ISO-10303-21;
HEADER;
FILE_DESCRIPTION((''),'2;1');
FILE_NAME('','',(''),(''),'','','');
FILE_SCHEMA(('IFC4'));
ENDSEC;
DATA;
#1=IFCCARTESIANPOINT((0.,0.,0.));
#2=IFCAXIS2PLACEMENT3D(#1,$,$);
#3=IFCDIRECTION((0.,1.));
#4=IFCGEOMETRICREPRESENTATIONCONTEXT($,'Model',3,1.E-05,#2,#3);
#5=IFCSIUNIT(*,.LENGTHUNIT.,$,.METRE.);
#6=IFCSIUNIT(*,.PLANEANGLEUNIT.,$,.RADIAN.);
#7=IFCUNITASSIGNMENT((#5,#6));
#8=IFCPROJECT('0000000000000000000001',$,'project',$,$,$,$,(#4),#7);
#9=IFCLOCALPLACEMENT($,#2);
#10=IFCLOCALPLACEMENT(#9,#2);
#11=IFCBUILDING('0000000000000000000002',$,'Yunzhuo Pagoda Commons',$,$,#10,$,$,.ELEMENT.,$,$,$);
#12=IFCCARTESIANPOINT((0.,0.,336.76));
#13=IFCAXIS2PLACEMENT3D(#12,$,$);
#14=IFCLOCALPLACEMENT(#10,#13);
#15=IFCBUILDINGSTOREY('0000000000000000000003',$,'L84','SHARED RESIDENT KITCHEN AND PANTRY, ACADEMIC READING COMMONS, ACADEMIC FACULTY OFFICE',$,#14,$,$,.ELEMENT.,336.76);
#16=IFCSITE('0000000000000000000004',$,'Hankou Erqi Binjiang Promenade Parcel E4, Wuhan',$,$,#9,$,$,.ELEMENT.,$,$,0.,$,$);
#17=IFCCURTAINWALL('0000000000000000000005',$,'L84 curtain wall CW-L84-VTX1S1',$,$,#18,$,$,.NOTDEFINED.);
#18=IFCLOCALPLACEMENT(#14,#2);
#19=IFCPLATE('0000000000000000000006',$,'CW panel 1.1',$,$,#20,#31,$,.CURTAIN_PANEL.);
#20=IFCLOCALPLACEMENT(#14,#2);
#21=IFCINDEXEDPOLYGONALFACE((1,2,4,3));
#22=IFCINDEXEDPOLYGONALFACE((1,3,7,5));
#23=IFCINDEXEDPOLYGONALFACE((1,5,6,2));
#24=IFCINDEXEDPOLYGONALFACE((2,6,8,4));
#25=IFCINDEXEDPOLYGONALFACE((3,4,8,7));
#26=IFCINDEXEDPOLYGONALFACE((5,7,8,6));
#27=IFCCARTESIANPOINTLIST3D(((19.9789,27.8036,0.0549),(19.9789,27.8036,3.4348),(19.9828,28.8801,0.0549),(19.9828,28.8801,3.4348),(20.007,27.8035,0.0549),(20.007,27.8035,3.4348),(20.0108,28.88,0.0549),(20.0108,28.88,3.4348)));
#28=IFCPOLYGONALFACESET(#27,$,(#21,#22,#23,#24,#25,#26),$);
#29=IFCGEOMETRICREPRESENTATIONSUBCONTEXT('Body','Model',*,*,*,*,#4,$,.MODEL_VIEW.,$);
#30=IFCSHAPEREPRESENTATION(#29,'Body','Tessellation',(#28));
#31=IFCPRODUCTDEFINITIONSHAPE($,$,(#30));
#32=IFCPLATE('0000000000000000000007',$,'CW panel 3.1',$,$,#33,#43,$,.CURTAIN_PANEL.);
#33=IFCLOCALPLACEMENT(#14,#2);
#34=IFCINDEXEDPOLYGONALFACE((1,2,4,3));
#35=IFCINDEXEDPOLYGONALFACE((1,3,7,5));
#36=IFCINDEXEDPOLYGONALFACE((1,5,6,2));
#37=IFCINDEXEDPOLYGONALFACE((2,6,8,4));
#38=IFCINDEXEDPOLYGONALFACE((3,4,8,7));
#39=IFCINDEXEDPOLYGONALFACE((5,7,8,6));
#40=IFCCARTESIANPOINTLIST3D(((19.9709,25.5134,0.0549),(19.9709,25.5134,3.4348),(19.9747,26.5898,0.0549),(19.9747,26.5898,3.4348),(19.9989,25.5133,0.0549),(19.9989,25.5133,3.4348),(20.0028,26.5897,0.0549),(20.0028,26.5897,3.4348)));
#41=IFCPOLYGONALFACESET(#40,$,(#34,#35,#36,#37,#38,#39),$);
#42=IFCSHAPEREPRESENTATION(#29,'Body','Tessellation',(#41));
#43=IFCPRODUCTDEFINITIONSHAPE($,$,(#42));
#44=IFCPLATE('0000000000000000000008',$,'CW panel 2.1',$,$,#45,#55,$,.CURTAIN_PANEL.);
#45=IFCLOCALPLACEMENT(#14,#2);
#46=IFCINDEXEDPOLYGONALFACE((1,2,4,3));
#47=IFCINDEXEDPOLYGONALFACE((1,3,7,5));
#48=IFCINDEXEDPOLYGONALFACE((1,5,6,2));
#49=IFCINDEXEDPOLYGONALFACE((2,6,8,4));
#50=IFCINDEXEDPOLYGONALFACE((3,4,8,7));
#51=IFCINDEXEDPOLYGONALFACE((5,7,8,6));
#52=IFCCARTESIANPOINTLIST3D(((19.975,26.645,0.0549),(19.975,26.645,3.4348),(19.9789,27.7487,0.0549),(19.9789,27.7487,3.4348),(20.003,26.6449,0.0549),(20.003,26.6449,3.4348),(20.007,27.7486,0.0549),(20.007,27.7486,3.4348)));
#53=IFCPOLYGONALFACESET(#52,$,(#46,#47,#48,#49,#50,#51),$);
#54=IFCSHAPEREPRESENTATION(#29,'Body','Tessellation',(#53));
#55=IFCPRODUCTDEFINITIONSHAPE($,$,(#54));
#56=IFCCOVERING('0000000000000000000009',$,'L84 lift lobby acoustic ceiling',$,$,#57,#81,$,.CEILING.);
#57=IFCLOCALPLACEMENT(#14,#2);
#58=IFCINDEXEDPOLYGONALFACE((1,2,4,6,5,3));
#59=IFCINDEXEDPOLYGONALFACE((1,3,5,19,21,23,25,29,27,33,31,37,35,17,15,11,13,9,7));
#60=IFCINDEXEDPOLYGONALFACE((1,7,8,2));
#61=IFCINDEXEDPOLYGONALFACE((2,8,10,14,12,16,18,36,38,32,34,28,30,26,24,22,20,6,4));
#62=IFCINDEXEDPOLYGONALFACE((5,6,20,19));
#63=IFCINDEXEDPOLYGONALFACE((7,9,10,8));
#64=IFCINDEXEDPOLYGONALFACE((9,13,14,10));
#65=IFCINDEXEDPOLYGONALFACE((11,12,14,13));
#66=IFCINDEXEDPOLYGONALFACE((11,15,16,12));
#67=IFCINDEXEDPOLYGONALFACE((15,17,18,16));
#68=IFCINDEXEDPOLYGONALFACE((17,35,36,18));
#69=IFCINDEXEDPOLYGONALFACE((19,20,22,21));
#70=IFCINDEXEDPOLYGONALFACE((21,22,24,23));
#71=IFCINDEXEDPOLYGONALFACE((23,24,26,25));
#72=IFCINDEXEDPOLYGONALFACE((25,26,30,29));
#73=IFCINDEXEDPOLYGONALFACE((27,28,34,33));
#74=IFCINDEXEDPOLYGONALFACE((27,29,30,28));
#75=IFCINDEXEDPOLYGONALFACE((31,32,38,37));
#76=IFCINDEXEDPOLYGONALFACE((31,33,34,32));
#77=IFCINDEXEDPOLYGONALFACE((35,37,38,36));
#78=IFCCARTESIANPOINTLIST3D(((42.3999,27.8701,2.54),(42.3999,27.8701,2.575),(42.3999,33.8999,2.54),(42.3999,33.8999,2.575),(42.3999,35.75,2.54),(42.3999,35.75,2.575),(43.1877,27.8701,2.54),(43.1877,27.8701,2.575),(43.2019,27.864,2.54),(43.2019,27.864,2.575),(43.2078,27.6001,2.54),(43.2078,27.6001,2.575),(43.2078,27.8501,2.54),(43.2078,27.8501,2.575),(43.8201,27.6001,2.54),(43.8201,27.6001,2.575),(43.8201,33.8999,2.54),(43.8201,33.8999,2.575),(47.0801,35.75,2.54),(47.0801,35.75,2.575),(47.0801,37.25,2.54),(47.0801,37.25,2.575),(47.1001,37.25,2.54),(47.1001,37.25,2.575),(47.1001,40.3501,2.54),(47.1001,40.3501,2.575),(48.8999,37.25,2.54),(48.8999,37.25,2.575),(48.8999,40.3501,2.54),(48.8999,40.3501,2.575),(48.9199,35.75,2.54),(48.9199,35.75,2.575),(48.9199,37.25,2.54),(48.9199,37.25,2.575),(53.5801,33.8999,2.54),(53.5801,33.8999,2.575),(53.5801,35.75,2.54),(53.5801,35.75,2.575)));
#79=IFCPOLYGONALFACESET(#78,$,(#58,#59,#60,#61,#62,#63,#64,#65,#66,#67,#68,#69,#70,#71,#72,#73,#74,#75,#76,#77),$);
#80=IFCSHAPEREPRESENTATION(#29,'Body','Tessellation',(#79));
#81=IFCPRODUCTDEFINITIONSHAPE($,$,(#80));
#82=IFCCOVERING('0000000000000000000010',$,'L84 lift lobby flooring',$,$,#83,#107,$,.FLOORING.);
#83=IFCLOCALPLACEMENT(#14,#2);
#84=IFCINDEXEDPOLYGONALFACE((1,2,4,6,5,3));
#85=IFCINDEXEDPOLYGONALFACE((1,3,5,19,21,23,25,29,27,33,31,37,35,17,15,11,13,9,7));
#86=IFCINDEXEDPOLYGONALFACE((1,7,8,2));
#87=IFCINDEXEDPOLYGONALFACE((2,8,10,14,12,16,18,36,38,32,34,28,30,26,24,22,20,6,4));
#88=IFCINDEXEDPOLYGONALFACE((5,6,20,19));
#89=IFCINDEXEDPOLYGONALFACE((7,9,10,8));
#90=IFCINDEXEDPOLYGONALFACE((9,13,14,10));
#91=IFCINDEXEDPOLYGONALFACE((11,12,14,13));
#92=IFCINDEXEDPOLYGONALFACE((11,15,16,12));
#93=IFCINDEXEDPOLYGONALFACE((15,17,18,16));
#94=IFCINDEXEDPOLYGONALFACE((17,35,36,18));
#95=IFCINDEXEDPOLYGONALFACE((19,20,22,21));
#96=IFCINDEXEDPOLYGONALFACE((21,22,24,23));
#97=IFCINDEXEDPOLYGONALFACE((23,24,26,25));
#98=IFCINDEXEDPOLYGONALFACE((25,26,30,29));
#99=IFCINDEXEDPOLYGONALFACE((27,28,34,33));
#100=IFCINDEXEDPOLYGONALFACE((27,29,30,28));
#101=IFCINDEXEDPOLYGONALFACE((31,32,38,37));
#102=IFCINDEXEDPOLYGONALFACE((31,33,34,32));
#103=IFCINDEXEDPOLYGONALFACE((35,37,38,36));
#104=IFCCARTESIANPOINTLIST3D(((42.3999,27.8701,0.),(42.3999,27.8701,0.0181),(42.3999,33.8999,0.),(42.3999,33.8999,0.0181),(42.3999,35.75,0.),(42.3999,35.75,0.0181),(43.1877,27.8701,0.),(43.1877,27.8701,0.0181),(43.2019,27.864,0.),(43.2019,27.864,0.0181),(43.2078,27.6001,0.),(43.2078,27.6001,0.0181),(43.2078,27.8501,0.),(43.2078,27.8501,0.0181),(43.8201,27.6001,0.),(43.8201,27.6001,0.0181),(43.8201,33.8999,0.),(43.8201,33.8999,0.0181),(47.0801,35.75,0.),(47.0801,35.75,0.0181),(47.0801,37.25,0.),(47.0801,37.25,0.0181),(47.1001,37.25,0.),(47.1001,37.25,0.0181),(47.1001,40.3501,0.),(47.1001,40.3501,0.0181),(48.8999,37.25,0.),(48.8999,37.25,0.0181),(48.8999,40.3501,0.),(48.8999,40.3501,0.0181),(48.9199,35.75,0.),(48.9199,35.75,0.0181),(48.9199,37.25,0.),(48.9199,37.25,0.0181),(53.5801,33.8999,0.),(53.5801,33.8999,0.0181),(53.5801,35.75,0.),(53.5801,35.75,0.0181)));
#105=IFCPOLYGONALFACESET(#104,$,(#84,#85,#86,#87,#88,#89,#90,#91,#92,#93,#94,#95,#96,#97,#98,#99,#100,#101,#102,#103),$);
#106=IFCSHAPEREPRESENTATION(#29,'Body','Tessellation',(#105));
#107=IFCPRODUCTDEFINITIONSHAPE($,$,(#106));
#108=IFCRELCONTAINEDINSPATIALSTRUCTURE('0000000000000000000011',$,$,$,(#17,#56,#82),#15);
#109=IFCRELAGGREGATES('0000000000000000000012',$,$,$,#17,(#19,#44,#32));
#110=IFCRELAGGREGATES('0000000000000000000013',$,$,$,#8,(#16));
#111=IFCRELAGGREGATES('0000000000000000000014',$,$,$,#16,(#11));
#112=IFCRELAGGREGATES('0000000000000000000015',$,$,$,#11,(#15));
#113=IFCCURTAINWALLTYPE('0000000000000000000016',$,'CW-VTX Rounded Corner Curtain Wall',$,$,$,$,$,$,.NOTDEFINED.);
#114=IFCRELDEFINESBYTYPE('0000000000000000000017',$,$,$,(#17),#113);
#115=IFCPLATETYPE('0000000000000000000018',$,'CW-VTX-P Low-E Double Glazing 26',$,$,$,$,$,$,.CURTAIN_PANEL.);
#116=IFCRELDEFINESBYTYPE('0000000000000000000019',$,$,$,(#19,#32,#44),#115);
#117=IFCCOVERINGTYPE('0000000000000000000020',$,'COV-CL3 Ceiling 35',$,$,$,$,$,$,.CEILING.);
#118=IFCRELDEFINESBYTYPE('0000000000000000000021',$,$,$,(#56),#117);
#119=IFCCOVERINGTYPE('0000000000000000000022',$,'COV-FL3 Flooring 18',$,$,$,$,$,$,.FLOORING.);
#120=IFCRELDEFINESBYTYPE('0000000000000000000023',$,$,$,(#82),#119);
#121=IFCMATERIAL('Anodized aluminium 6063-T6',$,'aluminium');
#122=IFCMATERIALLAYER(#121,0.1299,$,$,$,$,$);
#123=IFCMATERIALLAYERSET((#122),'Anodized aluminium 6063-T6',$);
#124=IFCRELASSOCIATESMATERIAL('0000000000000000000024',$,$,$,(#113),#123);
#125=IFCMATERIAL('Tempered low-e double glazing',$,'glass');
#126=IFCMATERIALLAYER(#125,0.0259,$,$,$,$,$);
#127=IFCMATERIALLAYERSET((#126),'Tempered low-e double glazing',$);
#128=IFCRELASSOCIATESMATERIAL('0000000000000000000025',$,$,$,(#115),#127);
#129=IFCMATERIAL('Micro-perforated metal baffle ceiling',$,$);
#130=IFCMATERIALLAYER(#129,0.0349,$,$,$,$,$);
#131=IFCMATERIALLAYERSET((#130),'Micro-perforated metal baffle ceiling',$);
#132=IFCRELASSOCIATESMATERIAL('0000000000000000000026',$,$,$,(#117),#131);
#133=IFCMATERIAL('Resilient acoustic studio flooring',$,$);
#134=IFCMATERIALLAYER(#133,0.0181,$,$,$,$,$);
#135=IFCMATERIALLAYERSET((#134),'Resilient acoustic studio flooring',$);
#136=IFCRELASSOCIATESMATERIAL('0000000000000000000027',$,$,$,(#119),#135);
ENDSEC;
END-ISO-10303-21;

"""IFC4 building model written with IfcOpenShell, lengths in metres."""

from ifc_helpers import new_model, si_unit, direction, frame, origin, origin_2d, place, context, subcontext, project, spatial, polyline, rectangle, outline, extrude, source, transform, mapped, material, layer, layer_set, type_object, element, aggregate, save


model = new_model("IFC4")

# Units and contexts
model_context = context("Model", 3, precision=1e-05, world=origin(), true_north=direction((0.0, 1.0)))
body_context = subcontext(model_context, "Body", "Model", "MODEL_VIEW")
ifc_project = project(units=[si_unit("LENGTHUNIT", "METRE"), si_unit("PLANEANGLEUNIT", "RADIAN")], contexts=[model_context])

# Site, building, storey
site_placement = place(None, origin())
site = spatial("IfcSite", under=ifc_project, at=site_placement, Name="Hankou Erqi Binjiang Promenade Parcel E4, Wuhan", CompositionType="ELEMENT", RefElevation=0.0)
building_placement = place(site_placement, origin())
building = spatial("IfcBuilding", under=site, at=building_placement, Name="Yunzhuo Pagoda Commons", CompositionType="ELEMENT")
storey_placement = place(building_placement, frame((0.0, 0.0, 336.76)))
storey = spatial("IfcBuildingStorey", under=building, at=storey_placement, Name="L84", Description="SHARED RESIDENT KITCHEN AND PANTRY, ACADEMIC READING COMMONS, ACADEMIC FACULTY OFFICE", CompositionType="ELEMENT", Elevation=336.76)

# Curtain wall
ifc_material_1 = material(Name="Anodized aluminium 6063-T6", Category="aluminium")
ifc_layer_1 = layer(ifc_material_1, 0.1299)
ifc_layer_set_1 = layer_set([ifc_layer_1], Name="Anodized aluminium 6063-T6")
curtain_wall_type = type_object("IfcCurtainWallType", Name="CW-VTX Rounded Corner Curtain Wall", PredefinedType="NOTDEFINED", material=ifc_layer_set_1)
curtain_wall_1_placement = place(storey_placement, origin())
curtain_wall_1 = element("IfcCurtainWall", 1, at=curtain_wall_1_placement, inside=storey, type_object=curtain_wall_type, Name="L84 curtain wall CW-L84-VTX1S1", PredefinedType="NOTDEFINED")

# Plates
ifc_material_2 = material(Name="Tempered low-e double glazing", Category="glass")
ifc_layer_2 = layer(ifc_material_2, 0.0259)
ifc_layer_set_2 = layer_set([ifc_layer_2], Name="Tempered low-e double glazing")
plate_type_1 = type_object("IfcPlateType", Name="CW-VTX-P Low-E Double Glazing 26", PredefinedType="CURTAIN_PANEL", material=ifc_layer_set_2)
shared_shape_1 = source(origin(), body_context, "Body", "SweptSolid", [
    extrude(rectangle(XDim=1.0764, YDim=0.0281, at=origin_2d()), origin(), (0.0, 0.0, 1.0), 3.3799),
])
plate_1_placement = place(storey_placement, frame((19.9949, 28.3418, 0.0549), z_axis=(0.0, 0.0, 1.0), x_axis=(-0.003567, -0.999994, 0.0)))
plate_1 = element("IfcPlate", 2, at=plate_1_placement, type_object=plate_type_1, Name="CW panel 1.1", PredefinedType="CURTAIN_PANEL", context=body_context, shape_type="MappedRepresentation", body=[
    mapped(shared_shape_1, transform((0.0, 0.0, 0.0), scale=1.0)),
])
plate_2_placement = place(storey_placement, frame((19.9868, 26.0515, 0.0549), z_axis=(0.0, 0.0, 1.0), x_axis=(-0.003567, -0.999994, 0.0)))
plate_2 = element("IfcPlate", 3, at=plate_2_placement, type_object=plate_type_1, Name="CW panel 3.1", PredefinedType="CURTAIN_PANEL", context=body_context, shape_type="MappedRepresentation", body=[
    mapped(shared_shape_1, transform((0.0, 0.0, 0.0), scale=1.0)),
])
shared_shape_2 = source(origin(), body_context, "Body", "SweptSolid", [
    extrude(rectangle(XDim=1.1038, YDim=0.0281, at=origin_2d()), origin(), (0.0, 0.0, 1.0), 3.3799),
])
plate_3_placement = place(storey_placement, frame((19.991, 27.1968, 0.0549), z_axis=(0.0, 0.0, 1.0), x_axis=(-0.003567, -0.999994, 0.0)))
plate_3 = element("IfcPlate", 4, at=plate_3_placement, type_object=plate_type_1, Name="CW panel 2.1", PredefinedType="CURTAIN_PANEL", context=body_context, shape_type="MappedRepresentation", body=[
    mapped(shared_shape_2, transform((0.0, 0.0, 0.0), scale=1.0)),
])
aggregate(curtain_wall_1, [plate_1, plate_3, plate_2])

# Coverings
ifc_material_3 = material(Name="Micro-perforated metal baffle ceiling")
ifc_layer_3 = layer(ifc_material_3, 0.0349)
ifc_layer_set_3 = layer_set([ifc_layer_3], Name="Micro-perforated metal baffle ceiling")
covering_type_1 = type_object("IfcCoveringType", Name="COV-CL3 Ceiling 35", PredefinedType="CEILING", material=ifc_layer_set_3)
covering_1_placement = place(storey_placement, frame((0.0, 0.0, 2.54)))
element("IfcCovering", 5, at=covering_1_placement, inside=storey, type_object=covering_type_1, Name="L84 lift lobby acoustic ceiling", PredefinedType="CEILING", context=body_context, shape_type="SweptSolid", body=[
    extrude(outline(polyline([(42.3999, 35.75), (47.0801, 35.75), (47.0801, 37.25), (47.1001, 37.25), (47.1001, 40.3501), (48.8999, 40.3501), (48.8999, 37.25), (48.9199, 37.25), (48.9199, 35.75), (53.5801, 35.75), (53.5801, 33.8999), (43.8201, 33.8999), (43.8201, 27.6001), (43.2078, 27.6001), (43.2078, 27.8501), (43.2019, 27.864), (43.1877, 27.8701), (42.3999, 27.8701), (42.3999, 33.8999), (42.3999, 35.75)])), origin(), (0.0, 0.0, 1.0), 0.0349),
])
ifc_material_4 = material(Name="Resilient acoustic studio flooring")
ifc_layer_4 = layer(ifc_material_4, 0.0181)
ifc_layer_set_4 = layer_set([ifc_layer_4], Name="Resilient acoustic studio flooring")
covering_type_2 = type_object("IfcCoveringType", Name="COV-FL3 Flooring 18", PredefinedType="FLOORING", material=ifc_layer_set_4)
covering_2_placement = place(storey_placement, origin())
element("IfcCovering", 6, at=covering_2_placement, inside=storey, type_object=covering_type_2, Name="L84 lift lobby flooring", PredefinedType="FLOORING", context=body_context, shape_type="SweptSolid", body=[
    extrude(outline(polyline([(42.3999, 35.75), (47.0801, 35.75), (47.0801, 37.25), (47.1001, 37.25), (47.1001, 40.3501), (48.8999, 40.3501), (48.8999, 37.25), (48.9199, 37.25), (48.9199, 35.75), (53.5801, 35.75), (53.5801, 33.8999), (43.8201, 33.8999), (43.8201, 27.6001), (43.2078, 27.6001), (43.2078, 27.8501), (43.2019, 27.864), (43.1877, 27.8701), (42.3999, 27.8701), (42.3999, 33.8999), (42.3999, 35.75)])), origin(), (0.0, 0.0, 1.0), 0.0181),
])

save(model, "model.ifc")
